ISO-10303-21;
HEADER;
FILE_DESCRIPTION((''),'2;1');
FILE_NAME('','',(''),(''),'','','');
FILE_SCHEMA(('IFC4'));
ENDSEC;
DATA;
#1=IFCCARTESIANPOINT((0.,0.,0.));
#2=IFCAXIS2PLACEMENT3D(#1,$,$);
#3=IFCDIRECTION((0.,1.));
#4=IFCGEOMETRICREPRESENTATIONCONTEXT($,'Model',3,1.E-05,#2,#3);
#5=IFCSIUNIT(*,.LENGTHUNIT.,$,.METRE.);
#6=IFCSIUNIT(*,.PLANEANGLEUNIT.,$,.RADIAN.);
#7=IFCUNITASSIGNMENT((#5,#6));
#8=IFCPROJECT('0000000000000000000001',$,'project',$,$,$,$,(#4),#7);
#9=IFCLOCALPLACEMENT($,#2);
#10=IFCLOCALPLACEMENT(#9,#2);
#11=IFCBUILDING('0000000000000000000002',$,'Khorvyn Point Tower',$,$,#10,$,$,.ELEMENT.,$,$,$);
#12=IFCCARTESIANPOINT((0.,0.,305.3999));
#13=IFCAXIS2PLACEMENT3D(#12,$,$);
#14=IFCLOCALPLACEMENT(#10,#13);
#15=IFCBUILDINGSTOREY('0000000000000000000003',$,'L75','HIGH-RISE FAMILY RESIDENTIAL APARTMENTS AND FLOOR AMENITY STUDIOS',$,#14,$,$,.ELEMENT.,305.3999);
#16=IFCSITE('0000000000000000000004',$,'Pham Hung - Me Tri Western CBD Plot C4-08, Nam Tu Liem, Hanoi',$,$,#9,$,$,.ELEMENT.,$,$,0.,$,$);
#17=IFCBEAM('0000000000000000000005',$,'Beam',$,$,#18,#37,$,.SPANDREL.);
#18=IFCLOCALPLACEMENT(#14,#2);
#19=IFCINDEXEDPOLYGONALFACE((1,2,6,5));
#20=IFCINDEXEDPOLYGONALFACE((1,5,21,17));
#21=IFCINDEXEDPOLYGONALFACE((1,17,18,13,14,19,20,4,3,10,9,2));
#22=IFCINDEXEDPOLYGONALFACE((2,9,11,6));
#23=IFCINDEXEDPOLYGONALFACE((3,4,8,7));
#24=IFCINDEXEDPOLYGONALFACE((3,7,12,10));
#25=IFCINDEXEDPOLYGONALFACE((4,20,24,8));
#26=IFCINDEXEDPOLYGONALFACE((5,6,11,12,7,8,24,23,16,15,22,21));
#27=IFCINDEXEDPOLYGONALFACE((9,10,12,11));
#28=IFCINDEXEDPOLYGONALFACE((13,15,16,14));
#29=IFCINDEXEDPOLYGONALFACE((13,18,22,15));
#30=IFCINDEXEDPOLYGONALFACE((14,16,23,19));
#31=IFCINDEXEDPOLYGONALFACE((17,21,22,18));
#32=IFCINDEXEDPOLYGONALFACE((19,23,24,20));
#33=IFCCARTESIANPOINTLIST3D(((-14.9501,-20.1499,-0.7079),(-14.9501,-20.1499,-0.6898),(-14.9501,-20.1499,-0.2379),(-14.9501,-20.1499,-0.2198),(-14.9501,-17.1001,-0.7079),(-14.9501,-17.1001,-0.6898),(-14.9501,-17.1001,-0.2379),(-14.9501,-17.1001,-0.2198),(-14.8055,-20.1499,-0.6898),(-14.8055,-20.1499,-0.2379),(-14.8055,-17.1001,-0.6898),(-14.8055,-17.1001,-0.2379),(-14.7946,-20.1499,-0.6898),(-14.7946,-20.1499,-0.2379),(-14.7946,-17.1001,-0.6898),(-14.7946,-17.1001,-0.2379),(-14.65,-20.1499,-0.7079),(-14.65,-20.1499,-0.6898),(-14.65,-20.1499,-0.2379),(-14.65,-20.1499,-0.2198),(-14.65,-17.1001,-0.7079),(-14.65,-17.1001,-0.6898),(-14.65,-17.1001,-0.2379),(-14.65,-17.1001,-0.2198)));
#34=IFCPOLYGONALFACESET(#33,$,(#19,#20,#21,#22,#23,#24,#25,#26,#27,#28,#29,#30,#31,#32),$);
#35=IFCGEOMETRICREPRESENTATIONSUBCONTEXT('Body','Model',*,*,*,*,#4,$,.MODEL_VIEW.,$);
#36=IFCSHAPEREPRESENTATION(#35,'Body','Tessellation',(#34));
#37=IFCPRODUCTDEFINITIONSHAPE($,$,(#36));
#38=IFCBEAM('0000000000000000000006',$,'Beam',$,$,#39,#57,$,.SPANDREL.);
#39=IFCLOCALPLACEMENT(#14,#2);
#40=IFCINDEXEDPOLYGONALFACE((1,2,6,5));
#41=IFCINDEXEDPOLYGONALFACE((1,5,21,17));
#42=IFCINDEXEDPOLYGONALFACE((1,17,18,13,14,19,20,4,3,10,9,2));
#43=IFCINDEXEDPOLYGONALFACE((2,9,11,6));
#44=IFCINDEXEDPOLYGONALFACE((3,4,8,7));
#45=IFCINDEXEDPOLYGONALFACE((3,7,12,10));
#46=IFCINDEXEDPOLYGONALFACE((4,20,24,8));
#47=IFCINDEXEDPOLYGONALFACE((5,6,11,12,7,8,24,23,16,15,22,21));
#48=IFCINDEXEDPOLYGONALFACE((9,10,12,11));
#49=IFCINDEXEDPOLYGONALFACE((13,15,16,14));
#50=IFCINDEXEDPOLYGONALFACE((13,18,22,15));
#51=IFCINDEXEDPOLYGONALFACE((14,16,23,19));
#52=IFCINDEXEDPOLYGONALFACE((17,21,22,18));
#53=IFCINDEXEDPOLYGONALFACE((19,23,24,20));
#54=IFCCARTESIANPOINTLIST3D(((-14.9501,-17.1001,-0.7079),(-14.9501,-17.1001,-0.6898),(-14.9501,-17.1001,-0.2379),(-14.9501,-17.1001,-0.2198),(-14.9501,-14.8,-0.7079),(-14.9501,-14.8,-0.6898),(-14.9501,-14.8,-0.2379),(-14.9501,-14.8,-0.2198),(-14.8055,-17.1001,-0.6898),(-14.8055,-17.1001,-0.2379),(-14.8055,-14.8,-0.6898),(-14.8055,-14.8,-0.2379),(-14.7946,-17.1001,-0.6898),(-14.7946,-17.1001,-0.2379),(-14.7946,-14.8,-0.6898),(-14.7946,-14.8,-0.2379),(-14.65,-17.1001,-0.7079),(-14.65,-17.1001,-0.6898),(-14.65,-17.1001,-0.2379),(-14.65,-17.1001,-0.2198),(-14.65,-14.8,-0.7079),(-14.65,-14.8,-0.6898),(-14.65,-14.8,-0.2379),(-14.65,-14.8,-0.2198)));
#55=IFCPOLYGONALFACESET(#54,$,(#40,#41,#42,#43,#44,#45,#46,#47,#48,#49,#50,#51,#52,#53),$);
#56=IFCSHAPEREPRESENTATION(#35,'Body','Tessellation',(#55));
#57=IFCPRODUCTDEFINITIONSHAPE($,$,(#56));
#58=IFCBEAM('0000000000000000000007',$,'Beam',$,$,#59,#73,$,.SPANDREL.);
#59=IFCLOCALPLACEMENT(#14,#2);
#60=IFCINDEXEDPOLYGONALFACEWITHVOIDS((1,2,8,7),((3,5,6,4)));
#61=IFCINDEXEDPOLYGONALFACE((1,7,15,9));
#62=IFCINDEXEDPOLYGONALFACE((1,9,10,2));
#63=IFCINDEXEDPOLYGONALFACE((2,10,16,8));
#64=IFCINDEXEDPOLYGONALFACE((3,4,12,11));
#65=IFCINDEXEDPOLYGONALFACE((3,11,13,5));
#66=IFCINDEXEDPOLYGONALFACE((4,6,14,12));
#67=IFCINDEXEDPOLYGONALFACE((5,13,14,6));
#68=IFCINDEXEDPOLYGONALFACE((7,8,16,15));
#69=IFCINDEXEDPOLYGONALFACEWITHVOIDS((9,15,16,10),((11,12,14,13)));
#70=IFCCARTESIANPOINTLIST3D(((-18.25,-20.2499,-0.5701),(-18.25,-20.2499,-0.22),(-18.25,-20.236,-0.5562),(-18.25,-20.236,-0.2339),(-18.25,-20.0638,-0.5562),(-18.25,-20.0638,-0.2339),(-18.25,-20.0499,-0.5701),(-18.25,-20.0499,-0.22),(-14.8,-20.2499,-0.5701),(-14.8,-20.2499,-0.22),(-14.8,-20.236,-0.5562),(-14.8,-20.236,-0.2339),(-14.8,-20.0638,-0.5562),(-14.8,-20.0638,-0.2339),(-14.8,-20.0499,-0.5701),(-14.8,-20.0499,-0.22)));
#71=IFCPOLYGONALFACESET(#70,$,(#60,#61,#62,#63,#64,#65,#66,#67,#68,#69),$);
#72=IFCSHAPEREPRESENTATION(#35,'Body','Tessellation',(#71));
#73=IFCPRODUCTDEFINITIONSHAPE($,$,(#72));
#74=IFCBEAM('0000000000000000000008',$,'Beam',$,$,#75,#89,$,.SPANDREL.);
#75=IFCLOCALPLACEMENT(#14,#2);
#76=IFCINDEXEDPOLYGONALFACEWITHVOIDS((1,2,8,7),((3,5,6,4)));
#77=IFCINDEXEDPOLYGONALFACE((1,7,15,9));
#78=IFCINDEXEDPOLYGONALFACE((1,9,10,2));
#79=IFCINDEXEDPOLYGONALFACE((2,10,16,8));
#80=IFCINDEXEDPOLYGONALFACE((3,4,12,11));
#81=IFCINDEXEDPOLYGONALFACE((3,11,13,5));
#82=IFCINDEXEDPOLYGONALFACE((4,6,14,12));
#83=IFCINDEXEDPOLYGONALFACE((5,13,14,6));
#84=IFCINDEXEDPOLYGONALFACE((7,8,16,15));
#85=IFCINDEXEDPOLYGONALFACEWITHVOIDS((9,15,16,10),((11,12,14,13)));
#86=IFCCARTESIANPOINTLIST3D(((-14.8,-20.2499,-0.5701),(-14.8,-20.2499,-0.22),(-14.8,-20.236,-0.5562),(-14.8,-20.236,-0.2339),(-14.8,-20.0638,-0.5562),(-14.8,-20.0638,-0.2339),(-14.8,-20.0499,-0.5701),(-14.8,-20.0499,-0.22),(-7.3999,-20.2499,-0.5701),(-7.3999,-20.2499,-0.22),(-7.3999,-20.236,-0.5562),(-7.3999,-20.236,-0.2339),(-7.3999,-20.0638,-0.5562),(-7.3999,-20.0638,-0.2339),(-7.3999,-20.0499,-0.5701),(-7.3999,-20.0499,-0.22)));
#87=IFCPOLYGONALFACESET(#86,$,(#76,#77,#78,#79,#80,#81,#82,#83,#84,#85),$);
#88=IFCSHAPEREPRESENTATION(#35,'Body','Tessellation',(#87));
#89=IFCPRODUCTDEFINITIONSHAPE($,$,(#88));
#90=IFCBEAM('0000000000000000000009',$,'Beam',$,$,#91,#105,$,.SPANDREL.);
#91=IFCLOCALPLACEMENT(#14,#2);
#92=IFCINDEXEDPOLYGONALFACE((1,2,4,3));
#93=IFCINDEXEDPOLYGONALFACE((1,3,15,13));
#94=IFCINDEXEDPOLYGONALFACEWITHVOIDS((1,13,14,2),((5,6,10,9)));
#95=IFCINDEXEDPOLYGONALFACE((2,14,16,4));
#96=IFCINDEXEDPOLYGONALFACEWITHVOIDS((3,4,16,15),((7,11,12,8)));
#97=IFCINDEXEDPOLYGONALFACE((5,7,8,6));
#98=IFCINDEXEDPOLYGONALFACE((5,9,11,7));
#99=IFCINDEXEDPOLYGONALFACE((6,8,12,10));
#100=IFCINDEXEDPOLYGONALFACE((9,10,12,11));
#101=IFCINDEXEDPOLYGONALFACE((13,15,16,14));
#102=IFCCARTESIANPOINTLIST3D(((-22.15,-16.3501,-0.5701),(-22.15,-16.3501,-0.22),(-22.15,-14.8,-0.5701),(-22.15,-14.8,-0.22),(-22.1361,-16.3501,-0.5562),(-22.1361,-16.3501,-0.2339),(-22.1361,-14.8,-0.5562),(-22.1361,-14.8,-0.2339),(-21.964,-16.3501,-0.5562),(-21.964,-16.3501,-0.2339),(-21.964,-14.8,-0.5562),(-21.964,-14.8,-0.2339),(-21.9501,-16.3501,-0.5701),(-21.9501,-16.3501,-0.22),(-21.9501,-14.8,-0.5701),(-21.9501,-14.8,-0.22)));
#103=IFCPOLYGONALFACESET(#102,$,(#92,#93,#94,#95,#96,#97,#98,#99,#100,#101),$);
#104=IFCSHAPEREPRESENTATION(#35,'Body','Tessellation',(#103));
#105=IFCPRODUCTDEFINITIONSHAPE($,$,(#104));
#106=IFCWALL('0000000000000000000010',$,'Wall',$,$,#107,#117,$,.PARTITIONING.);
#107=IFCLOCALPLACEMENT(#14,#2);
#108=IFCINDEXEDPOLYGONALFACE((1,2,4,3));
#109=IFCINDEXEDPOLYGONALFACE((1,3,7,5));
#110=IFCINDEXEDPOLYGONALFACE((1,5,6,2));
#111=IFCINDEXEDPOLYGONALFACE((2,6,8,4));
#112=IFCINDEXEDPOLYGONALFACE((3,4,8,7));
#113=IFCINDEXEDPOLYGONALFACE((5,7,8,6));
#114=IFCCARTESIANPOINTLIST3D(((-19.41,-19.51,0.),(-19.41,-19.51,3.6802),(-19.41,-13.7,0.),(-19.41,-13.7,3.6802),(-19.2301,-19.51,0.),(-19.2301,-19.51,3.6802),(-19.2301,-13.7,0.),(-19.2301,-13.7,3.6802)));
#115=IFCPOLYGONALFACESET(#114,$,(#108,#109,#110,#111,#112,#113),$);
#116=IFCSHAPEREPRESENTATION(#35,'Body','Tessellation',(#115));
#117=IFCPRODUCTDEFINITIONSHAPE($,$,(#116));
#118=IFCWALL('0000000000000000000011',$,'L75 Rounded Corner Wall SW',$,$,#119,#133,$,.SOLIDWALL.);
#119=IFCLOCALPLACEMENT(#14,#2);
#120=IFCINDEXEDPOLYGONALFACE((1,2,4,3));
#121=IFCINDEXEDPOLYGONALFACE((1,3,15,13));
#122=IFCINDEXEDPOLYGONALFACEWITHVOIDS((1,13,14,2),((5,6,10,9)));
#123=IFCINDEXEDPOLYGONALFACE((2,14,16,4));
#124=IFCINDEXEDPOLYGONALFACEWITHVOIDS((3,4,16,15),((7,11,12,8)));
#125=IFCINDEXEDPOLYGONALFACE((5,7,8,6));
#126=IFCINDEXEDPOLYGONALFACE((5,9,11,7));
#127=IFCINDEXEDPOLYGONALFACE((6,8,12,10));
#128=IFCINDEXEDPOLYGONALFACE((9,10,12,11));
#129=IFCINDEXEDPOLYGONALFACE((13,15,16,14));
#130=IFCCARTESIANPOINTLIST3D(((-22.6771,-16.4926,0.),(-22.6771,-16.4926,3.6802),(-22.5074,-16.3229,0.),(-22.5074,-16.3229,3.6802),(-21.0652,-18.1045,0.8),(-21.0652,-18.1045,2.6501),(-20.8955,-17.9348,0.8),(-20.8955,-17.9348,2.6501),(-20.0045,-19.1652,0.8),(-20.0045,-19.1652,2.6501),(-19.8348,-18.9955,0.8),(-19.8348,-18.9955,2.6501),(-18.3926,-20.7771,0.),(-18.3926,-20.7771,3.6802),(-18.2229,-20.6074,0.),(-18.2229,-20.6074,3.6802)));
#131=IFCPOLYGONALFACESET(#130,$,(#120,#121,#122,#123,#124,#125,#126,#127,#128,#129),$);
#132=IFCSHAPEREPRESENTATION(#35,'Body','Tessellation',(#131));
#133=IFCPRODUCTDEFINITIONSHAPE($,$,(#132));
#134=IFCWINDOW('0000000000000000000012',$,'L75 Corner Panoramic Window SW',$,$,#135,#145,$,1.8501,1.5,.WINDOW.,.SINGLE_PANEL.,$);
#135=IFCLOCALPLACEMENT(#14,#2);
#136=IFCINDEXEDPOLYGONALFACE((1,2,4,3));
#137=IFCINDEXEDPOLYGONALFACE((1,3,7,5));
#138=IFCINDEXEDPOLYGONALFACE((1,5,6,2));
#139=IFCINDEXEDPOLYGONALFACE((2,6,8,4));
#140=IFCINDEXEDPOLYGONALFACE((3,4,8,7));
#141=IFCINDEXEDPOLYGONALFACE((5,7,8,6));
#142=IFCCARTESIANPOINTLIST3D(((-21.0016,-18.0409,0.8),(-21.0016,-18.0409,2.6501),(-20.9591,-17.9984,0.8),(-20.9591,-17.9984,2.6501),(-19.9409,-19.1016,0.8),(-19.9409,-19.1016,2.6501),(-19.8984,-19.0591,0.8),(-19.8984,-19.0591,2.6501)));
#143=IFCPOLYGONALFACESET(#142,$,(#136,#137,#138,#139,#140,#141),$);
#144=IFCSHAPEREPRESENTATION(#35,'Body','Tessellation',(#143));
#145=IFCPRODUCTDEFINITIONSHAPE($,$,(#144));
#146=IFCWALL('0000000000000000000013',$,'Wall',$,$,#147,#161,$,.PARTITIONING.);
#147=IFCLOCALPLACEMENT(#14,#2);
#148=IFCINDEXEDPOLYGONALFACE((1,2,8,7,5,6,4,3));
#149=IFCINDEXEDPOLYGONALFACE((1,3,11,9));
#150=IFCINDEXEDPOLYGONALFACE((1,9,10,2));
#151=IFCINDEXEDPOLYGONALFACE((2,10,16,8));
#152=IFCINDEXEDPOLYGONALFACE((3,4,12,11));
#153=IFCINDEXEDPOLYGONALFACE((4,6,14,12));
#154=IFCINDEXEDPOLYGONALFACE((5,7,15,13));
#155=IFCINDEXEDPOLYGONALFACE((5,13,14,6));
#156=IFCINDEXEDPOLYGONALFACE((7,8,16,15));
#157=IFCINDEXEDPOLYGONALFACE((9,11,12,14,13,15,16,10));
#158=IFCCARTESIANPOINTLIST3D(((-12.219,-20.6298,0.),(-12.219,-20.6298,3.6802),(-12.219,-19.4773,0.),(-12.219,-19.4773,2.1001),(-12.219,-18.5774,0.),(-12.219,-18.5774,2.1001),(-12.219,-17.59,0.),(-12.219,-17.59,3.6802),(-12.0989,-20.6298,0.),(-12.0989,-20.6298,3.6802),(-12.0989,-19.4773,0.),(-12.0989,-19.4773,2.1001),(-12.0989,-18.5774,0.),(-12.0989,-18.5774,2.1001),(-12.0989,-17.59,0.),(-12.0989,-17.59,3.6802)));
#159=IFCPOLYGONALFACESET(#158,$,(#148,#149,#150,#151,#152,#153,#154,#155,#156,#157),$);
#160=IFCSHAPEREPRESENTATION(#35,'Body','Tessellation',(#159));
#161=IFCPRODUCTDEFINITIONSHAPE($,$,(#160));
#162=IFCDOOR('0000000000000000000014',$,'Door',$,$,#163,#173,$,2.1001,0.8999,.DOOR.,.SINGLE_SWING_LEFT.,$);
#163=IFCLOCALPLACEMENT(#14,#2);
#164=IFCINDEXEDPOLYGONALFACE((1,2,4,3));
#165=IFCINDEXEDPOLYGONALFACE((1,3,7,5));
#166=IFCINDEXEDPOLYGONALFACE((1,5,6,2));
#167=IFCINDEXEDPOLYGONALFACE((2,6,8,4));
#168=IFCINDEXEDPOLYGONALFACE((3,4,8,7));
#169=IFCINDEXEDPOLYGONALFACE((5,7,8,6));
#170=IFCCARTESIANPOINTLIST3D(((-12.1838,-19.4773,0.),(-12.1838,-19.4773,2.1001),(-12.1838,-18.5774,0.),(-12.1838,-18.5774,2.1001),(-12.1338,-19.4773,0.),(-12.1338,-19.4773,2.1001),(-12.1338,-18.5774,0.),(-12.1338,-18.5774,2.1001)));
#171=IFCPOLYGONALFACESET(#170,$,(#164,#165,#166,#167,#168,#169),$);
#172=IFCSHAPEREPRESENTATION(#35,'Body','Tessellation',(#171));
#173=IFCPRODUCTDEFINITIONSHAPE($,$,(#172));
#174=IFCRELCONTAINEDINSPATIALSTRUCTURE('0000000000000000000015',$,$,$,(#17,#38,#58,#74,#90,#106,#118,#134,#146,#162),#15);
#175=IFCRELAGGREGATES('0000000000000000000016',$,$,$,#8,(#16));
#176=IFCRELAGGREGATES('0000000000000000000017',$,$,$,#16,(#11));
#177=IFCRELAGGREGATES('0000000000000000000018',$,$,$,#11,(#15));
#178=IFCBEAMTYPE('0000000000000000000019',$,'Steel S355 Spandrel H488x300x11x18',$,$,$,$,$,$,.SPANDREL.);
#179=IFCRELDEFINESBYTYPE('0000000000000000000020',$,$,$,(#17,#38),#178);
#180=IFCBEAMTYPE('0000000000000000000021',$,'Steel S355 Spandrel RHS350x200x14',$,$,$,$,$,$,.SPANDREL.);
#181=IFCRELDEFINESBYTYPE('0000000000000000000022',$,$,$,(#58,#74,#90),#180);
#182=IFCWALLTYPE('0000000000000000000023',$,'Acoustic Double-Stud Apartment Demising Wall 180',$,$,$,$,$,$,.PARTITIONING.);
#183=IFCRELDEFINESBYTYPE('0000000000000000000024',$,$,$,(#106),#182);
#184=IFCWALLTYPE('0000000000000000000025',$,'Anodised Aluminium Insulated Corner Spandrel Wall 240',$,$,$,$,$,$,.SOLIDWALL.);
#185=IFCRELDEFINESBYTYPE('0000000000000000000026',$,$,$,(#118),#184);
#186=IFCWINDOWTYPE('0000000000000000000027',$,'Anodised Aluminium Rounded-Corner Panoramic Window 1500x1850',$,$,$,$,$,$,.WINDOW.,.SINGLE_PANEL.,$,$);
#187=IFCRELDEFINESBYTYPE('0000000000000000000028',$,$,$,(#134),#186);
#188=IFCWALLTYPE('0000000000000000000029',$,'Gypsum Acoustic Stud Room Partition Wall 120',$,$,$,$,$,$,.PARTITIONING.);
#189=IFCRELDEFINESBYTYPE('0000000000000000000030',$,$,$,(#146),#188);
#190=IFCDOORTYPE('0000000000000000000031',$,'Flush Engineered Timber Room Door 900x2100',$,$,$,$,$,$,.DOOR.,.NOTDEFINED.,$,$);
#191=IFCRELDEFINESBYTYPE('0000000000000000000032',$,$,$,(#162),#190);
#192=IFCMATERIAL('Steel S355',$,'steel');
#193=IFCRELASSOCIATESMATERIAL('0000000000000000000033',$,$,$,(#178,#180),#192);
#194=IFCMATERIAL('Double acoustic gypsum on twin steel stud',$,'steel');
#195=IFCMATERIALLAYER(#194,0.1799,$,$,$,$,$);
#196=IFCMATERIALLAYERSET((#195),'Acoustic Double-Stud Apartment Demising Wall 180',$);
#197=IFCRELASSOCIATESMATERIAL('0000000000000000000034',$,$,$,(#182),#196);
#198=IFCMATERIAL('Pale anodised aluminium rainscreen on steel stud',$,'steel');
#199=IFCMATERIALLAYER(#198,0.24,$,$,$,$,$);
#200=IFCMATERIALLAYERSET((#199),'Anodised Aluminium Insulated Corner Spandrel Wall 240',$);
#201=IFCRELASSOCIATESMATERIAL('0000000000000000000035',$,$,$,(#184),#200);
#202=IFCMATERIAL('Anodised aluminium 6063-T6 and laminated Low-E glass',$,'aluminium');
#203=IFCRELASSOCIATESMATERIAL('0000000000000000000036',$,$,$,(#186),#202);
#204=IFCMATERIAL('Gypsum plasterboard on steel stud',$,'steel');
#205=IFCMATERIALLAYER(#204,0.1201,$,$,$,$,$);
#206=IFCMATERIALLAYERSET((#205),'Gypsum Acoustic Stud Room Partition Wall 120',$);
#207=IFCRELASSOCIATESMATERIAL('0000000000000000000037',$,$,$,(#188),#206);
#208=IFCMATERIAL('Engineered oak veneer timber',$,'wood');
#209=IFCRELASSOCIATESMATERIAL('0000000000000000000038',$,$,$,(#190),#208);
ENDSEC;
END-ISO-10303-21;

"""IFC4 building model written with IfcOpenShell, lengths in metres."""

from ifc_helpers import new_model, si_unit, direction, frame, frame_2d, origin, origin_2d, place, context, subcontext, project, spatial, rectangle, hollow_rectangle, i_section, extrude, material, layer, layer_set, material_profile, profile_set, type_object, element, fill, save


model = new_model("IFC4")

# Units and contexts
model_context = context("Model", 3, precision=1e-05, world=origin(), true_north=direction((0.0, 1.0)))
body_context = subcontext(model_context, "Body", "Model", "MODEL_VIEW")
ifc_project = project(units=[si_unit("LENGTHUNIT", "METRE"), si_unit("PLANEANGLEUNIT", "RADIAN")], contexts=[model_context])

# Site, building, storey
site_placement = place(None, origin())
site = spatial("IfcSite", under=ifc_project, at=site_placement, Name="Pham Hung - Me Tri Western CBD Plot C4-08, Nam Tu Liem, Hanoi", CompositionType="ELEMENT", RefElevation=0.0)
building_placement = place(site_placement, origin())
building = spatial("IfcBuilding", under=site, at=building_placement, Name="Khorvyn Point Tower", CompositionType="ELEMENT")
storey_placement = place(building_placement, frame((0.0, 0.0, 305.3999)))
storey = spatial("IfcBuildingStorey", under=building, at=storey_placement, Name="L75", Description="HIGH-RISE FAMILY RESIDENTIAL APARTMENTS AND FLOOR AMENITY STUDIOS", CompositionType="ELEMENT", Elevation=305.3999)

# Shared definitions
ifc_material_1 = material(Name="Steel S355", Category="steel")

# Shared definitions
ifc_material_2 = material(Name="Anodised aluminium 6063-T6 and laminated Low-E glass", Category="aluminium")

# Beams
ifc_material_profile_1 = material_profile(ifc_material_1, i_section(OverallWidth=0.3, OverallDepth=0.488, WebThickness=0.011, FlangeThickness=0.0181, at=origin_2d()))
ifc_profile_set_1 = profile_set([ifc_material_profile_1], Name="Steel S355 H488x300x11x18")
beam_type_1 = type_object("IfcBeamType", Name="Steel S355 Spandrel H488x300x11x18", PredefinedType="SPANDREL", material=ifc_profile_set_1)
beam_1_placement = place(storey_placement, frame((-14.8, -20.1499, -0.4639), z_axis=(0.0, 1.0, 0.0), x_axis=(-1.0, 0.0, 0.0)))
element("IfcBeam", 1, at=beam_1_placement, inside=storey, type_object=beam_type_1, Name="Beam", PredefinedType="SPANDREL", context=body_context, shape_type="SweptSolid", body=[
    extrude(i_section(OverallWidth=0.3, OverallDepth=0.488, WebThickness=0.011, FlangeThickness=0.0181, at=origin_2d()), origin(), (0.0, 0.0, 1.0), 3.0498),
])
beam_2_placement = place(storey_placement, frame((-14.8, -17.1001, -0.4639), z_axis=(0.0, 1.0, 0.0), x_axis=(-1.0, 0.0, 0.0)))
element("IfcBeam", 2, at=beam_2_placement, inside=storey, type_object=beam_type_1, Name="Beam", PredefinedType="SPANDREL", context=body_context, shape_type="SweptSolid", body=[
    extrude(i_section(OverallWidth=0.3, OverallDepth=0.488, WebThickness=0.011, FlangeThickness=0.0181, at=origin_2d()), origin(), (0.0, 0.0, 1.0), 2.3),
])
ifc_material_profile_2 = material_profile(ifc_material_1, hollow_rectangle(XDim=0.2, YDim=0.3501, WallThickness=0.0139, at=origin_2d()))
ifc_profile_set_2 = profile_set([ifc_material_profile_2], Name="Steel S355 RHS350x200x14")
beam_type_2 = type_object("IfcBeamType", Name="Steel S355 Spandrel RHS350x200x14", PredefinedType="SPANDREL", material=ifc_profile_set_2)
beam_3_placement = place(storey_placement, frame((-18.25, -20.1499, -0.395), z_axis=(1.0, 0.0, 0.0), x_axis=(0.0, 1.0, 0.0)))
element("IfcBeam", 3, at=beam_3_placement, inside=storey, type_object=beam_type_2, Name="Beam", PredefinedType="SPANDREL", context=body_context, shape_type="SweptSolid", body=[
    extrude(hollow_rectangle(XDim=0.2, YDim=0.3501, WallThickness=0.0139, at=origin_2d()), origin(), (0.0, 0.0, 1.0), 3.45),
])
beam_4_placement = place(storey_placement, frame((-14.8, -20.1499, -0.395), z_axis=(1.0, 0.0, 0.0), x_axis=(0.0, 1.0, 0.0)))
element("IfcBeam", 4, at=beam_4_placement, inside=storey, type_object=beam_type_2, Name="Beam", PredefinedType="SPANDREL", context=body_context, shape_type="SweptSolid", body=[
    extrude(hollow_rectangle(XDim=0.2, YDim=0.3501, WallThickness=0.0139, at=origin_2d()), origin(), (0.0, 0.0, 1.0), 7.4001),
])
beam_5_placement = place(storey_placement, frame((-22.05, -16.3501, -0.395), z_axis=(0.0, 1.0, 0.0), x_axis=(-1.0, 0.0, 0.0)))
element("IfcBeam", 5, at=beam_5_placement, inside=storey, type_object=beam_type_2, Name="Beam", PredefinedType="SPANDREL", context=body_context, shape_type="SweptSolid", body=[
    extrude(hollow_rectangle(XDim=0.2, YDim=0.3501, WallThickness=0.0139, at=origin_2d()), origin(), (0.0, 0.0, 1.0), 1.55),
])

# Wall
ifc_material_3 = material(Name="Double acoustic gypsum on twin steel stud", Category="steel")
ifc_layer_1 = layer(ifc_material_3, 0.1799)
ifc_layer_set_1 = layer_set([ifc_layer_1], Name="Acoustic Double-Stud Apartment Demising Wall 180")
wall_type_1 = type_object("IfcWallType", Name="Acoustic Double-Stud Apartment Demising Wall 180", PredefinedType="PARTITIONING", material=ifc_layer_set_1)
wall_1_placement = place(storey_placement, frame((-19.3201, -19.51, 0.0), z_axis=(0.0, 0.0, 1.0), x_axis=(0.0, 1.0, 0.0)))
element("IfcWall", 6, at=wall_1_placement, inside=storey, type_object=wall_type_1, Name="Wall", PredefinedType="PARTITIONING", context=body_context, shape_type="SweptSolid", body=[
    extrude(rectangle(XDim=5.8101, YDim=0.1799, at=frame_2d((2.905, 0.0))), origin(), (0.0, 0.0, 1.0), 3.6802),
])

# Wall, opening, window
ifc_material_4 = material(Name="Pale anodised aluminium rainscreen on steel stud", Category="steel")
ifc_layer_2 = layer(ifc_material_4, 0.24)
ifc_layer_set_2 = layer_set([ifc_layer_2], Name="Anodised Aluminium Insulated Corner Spandrel Wall 240")
wall_type_2 = type_object("IfcWallType", Name="Anodised Aluminium Insulated Corner Spandrel Wall 240", PredefinedType="SOLIDWALL", material=ifc_layer_set_2)
wall_2_placement = place(storey_placement, frame((-18.3076, -20.6924, 0.0), z_axis=(0.0, 0.0, 1.0), x_axis=(-0.707107, 0.707107, 0.0)))
wall_2 = element("IfcWall", 7, at=wall_2_placement, inside=storey, type_object=wall_type_2, Name="L75 Rounded Corner Wall SW", PredefinedType="SOLIDWALL", context=body_context, shape_type="SweptSolid", body=[
    extrude(rectangle(XDim=6.0593, YDim=0.24, at=frame_2d((3.0298, 0.0))), origin(), (0.0, 0.0, 1.0), 3.6802),
])
opening_1_placement = place(wall_2_placement, frame((2.2798, 0.0, 0.8)))
opening_1 = element("IfcOpeningElement", 8, at=opening_1_placement, cuts=wall_2, PredefinedType="OPENING", context=body_context, shape_type="SweptSolid", body=[
    extrude(rectangle(XDim=1.5, YDim=1.8501, at=frame_2d((0.75, 0.925))), frame((0.0, 0.1299, 0.0), z_axis=(0.0, -1.0, 0.0), x_axis=(1.0, 0.0, 0.0)), (0.0, 0.0, 1.0), 0.26),
])
window_type = type_object("IfcWindowType", Name="Anodised Aluminium Rounded-Corner Panoramic Window 1500x1850", PartitioningType="SINGLE_PANEL", PredefinedType="WINDOW", material=ifc_material_2)
window_placement = place(opening_1_placement, origin())
window = element("IfcWindow", 9, at=window_placement, inside=storey, type_object=window_type, Name="L75 Corner Panoramic Window SW", OverallHeight=1.8501, OverallWidth=1.5, PartitioningType="SINGLE_PANEL", PredefinedType="WINDOW", context=body_context, shape_type="SweptSolid", body=[
    extrude(rectangle(XDim=1.5, YDim=1.8501, at=frame_2d((0.75, 0.925))), frame((0.0, 0.03, 0.0), z_axis=(0.0, -1.0, 0.0), x_axis=(1.0, 0.0, 0.0)), (0.0, 0.0, 1.0), 0.0601),
])
fill(opening_1, window)

# Wall, opening, door
ifc_material_5 = material(Name="Gypsum plasterboard on steel stud", Category="steel")
ifc_layer_3 = layer(ifc_material_5, 0.1201)
ifc_layer_set_3 = layer_set([ifc_layer_3], Name="Gypsum Acoustic Stud Room Partition Wall 120")
wall_type_3 = type_object("IfcWallType", Name="Gypsum Acoustic Stud Room Partition Wall 120", PredefinedType="PARTITIONING", material=ifc_layer_set_3)
wall_3_placement = place(storey_placement, frame((-12.1589, -20.6299, 0.0), z_axis=(0.0, 0.0, 1.0), x_axis=(0.0, 1.0, 0.0)))
wall_3 = element("IfcWall", 10, at=wall_3_placement, inside=storey, type_object=wall_type_3, Name="Wall", PredefinedType="PARTITIONING", context=body_context, shape_type="SweptSolid", body=[
    extrude(rectangle(XDim=3.0398, YDim=0.1201, at=frame_2d((1.52, 0.0))), origin(), (0.0, 0.0, 1.0), 3.6802),
])
opening_2_placement = place(wall_3_placement, frame((1.1526, 0.0, 0.0)))
opening_2 = element("IfcOpeningElement", 11, at=opening_2_placement, cuts=wall_3, PredefinedType="OPENING", context=body_context, shape_type="SweptSolid", body=[
    extrude(rectangle(XDim=0.8999, YDim=2.1001, at=frame_2d((0.45, 1.05))), frame((0.0, 0.0701, 0.0), z_axis=(0.0, -1.0, 0.0), x_axis=(1.0, 0.0, 0.0)), (0.0, 0.0, 1.0), 0.1401),
])
ifc_material_6 = material(Name="Engineered oak veneer timber", Category="wood")
door_type = type_object("IfcDoorType", Name="Flush Engineered Timber Room Door 900x2100", OperationType="NOTDEFINED", PredefinedType="DOOR", material=ifc_material_6)
door_placement = place(opening_2_placement, origin())
door = element("IfcDoor", 12, at=door_placement, inside=storey, type_object=door_type, Name="Door", OperationType="SINGLE_SWING_LEFT", OverallHeight=2.1001, OverallWidth=0.8999, PredefinedType="DOOR", context=body_context, shape_type="SweptSolid", body=[
    extrude(rectangle(XDim=0.8999, YDim=2.1001, at=frame_2d((0.45, 1.05))), frame((0.0, 0.0249, 0.0), z_axis=(0.0, -1.0, 0.0), x_axis=(1.0, 0.0, 0.0)), (0.0, 0.0, 1.0), 0.05),
])
fill(opening_2, door)

save(model, "model.ifc")
